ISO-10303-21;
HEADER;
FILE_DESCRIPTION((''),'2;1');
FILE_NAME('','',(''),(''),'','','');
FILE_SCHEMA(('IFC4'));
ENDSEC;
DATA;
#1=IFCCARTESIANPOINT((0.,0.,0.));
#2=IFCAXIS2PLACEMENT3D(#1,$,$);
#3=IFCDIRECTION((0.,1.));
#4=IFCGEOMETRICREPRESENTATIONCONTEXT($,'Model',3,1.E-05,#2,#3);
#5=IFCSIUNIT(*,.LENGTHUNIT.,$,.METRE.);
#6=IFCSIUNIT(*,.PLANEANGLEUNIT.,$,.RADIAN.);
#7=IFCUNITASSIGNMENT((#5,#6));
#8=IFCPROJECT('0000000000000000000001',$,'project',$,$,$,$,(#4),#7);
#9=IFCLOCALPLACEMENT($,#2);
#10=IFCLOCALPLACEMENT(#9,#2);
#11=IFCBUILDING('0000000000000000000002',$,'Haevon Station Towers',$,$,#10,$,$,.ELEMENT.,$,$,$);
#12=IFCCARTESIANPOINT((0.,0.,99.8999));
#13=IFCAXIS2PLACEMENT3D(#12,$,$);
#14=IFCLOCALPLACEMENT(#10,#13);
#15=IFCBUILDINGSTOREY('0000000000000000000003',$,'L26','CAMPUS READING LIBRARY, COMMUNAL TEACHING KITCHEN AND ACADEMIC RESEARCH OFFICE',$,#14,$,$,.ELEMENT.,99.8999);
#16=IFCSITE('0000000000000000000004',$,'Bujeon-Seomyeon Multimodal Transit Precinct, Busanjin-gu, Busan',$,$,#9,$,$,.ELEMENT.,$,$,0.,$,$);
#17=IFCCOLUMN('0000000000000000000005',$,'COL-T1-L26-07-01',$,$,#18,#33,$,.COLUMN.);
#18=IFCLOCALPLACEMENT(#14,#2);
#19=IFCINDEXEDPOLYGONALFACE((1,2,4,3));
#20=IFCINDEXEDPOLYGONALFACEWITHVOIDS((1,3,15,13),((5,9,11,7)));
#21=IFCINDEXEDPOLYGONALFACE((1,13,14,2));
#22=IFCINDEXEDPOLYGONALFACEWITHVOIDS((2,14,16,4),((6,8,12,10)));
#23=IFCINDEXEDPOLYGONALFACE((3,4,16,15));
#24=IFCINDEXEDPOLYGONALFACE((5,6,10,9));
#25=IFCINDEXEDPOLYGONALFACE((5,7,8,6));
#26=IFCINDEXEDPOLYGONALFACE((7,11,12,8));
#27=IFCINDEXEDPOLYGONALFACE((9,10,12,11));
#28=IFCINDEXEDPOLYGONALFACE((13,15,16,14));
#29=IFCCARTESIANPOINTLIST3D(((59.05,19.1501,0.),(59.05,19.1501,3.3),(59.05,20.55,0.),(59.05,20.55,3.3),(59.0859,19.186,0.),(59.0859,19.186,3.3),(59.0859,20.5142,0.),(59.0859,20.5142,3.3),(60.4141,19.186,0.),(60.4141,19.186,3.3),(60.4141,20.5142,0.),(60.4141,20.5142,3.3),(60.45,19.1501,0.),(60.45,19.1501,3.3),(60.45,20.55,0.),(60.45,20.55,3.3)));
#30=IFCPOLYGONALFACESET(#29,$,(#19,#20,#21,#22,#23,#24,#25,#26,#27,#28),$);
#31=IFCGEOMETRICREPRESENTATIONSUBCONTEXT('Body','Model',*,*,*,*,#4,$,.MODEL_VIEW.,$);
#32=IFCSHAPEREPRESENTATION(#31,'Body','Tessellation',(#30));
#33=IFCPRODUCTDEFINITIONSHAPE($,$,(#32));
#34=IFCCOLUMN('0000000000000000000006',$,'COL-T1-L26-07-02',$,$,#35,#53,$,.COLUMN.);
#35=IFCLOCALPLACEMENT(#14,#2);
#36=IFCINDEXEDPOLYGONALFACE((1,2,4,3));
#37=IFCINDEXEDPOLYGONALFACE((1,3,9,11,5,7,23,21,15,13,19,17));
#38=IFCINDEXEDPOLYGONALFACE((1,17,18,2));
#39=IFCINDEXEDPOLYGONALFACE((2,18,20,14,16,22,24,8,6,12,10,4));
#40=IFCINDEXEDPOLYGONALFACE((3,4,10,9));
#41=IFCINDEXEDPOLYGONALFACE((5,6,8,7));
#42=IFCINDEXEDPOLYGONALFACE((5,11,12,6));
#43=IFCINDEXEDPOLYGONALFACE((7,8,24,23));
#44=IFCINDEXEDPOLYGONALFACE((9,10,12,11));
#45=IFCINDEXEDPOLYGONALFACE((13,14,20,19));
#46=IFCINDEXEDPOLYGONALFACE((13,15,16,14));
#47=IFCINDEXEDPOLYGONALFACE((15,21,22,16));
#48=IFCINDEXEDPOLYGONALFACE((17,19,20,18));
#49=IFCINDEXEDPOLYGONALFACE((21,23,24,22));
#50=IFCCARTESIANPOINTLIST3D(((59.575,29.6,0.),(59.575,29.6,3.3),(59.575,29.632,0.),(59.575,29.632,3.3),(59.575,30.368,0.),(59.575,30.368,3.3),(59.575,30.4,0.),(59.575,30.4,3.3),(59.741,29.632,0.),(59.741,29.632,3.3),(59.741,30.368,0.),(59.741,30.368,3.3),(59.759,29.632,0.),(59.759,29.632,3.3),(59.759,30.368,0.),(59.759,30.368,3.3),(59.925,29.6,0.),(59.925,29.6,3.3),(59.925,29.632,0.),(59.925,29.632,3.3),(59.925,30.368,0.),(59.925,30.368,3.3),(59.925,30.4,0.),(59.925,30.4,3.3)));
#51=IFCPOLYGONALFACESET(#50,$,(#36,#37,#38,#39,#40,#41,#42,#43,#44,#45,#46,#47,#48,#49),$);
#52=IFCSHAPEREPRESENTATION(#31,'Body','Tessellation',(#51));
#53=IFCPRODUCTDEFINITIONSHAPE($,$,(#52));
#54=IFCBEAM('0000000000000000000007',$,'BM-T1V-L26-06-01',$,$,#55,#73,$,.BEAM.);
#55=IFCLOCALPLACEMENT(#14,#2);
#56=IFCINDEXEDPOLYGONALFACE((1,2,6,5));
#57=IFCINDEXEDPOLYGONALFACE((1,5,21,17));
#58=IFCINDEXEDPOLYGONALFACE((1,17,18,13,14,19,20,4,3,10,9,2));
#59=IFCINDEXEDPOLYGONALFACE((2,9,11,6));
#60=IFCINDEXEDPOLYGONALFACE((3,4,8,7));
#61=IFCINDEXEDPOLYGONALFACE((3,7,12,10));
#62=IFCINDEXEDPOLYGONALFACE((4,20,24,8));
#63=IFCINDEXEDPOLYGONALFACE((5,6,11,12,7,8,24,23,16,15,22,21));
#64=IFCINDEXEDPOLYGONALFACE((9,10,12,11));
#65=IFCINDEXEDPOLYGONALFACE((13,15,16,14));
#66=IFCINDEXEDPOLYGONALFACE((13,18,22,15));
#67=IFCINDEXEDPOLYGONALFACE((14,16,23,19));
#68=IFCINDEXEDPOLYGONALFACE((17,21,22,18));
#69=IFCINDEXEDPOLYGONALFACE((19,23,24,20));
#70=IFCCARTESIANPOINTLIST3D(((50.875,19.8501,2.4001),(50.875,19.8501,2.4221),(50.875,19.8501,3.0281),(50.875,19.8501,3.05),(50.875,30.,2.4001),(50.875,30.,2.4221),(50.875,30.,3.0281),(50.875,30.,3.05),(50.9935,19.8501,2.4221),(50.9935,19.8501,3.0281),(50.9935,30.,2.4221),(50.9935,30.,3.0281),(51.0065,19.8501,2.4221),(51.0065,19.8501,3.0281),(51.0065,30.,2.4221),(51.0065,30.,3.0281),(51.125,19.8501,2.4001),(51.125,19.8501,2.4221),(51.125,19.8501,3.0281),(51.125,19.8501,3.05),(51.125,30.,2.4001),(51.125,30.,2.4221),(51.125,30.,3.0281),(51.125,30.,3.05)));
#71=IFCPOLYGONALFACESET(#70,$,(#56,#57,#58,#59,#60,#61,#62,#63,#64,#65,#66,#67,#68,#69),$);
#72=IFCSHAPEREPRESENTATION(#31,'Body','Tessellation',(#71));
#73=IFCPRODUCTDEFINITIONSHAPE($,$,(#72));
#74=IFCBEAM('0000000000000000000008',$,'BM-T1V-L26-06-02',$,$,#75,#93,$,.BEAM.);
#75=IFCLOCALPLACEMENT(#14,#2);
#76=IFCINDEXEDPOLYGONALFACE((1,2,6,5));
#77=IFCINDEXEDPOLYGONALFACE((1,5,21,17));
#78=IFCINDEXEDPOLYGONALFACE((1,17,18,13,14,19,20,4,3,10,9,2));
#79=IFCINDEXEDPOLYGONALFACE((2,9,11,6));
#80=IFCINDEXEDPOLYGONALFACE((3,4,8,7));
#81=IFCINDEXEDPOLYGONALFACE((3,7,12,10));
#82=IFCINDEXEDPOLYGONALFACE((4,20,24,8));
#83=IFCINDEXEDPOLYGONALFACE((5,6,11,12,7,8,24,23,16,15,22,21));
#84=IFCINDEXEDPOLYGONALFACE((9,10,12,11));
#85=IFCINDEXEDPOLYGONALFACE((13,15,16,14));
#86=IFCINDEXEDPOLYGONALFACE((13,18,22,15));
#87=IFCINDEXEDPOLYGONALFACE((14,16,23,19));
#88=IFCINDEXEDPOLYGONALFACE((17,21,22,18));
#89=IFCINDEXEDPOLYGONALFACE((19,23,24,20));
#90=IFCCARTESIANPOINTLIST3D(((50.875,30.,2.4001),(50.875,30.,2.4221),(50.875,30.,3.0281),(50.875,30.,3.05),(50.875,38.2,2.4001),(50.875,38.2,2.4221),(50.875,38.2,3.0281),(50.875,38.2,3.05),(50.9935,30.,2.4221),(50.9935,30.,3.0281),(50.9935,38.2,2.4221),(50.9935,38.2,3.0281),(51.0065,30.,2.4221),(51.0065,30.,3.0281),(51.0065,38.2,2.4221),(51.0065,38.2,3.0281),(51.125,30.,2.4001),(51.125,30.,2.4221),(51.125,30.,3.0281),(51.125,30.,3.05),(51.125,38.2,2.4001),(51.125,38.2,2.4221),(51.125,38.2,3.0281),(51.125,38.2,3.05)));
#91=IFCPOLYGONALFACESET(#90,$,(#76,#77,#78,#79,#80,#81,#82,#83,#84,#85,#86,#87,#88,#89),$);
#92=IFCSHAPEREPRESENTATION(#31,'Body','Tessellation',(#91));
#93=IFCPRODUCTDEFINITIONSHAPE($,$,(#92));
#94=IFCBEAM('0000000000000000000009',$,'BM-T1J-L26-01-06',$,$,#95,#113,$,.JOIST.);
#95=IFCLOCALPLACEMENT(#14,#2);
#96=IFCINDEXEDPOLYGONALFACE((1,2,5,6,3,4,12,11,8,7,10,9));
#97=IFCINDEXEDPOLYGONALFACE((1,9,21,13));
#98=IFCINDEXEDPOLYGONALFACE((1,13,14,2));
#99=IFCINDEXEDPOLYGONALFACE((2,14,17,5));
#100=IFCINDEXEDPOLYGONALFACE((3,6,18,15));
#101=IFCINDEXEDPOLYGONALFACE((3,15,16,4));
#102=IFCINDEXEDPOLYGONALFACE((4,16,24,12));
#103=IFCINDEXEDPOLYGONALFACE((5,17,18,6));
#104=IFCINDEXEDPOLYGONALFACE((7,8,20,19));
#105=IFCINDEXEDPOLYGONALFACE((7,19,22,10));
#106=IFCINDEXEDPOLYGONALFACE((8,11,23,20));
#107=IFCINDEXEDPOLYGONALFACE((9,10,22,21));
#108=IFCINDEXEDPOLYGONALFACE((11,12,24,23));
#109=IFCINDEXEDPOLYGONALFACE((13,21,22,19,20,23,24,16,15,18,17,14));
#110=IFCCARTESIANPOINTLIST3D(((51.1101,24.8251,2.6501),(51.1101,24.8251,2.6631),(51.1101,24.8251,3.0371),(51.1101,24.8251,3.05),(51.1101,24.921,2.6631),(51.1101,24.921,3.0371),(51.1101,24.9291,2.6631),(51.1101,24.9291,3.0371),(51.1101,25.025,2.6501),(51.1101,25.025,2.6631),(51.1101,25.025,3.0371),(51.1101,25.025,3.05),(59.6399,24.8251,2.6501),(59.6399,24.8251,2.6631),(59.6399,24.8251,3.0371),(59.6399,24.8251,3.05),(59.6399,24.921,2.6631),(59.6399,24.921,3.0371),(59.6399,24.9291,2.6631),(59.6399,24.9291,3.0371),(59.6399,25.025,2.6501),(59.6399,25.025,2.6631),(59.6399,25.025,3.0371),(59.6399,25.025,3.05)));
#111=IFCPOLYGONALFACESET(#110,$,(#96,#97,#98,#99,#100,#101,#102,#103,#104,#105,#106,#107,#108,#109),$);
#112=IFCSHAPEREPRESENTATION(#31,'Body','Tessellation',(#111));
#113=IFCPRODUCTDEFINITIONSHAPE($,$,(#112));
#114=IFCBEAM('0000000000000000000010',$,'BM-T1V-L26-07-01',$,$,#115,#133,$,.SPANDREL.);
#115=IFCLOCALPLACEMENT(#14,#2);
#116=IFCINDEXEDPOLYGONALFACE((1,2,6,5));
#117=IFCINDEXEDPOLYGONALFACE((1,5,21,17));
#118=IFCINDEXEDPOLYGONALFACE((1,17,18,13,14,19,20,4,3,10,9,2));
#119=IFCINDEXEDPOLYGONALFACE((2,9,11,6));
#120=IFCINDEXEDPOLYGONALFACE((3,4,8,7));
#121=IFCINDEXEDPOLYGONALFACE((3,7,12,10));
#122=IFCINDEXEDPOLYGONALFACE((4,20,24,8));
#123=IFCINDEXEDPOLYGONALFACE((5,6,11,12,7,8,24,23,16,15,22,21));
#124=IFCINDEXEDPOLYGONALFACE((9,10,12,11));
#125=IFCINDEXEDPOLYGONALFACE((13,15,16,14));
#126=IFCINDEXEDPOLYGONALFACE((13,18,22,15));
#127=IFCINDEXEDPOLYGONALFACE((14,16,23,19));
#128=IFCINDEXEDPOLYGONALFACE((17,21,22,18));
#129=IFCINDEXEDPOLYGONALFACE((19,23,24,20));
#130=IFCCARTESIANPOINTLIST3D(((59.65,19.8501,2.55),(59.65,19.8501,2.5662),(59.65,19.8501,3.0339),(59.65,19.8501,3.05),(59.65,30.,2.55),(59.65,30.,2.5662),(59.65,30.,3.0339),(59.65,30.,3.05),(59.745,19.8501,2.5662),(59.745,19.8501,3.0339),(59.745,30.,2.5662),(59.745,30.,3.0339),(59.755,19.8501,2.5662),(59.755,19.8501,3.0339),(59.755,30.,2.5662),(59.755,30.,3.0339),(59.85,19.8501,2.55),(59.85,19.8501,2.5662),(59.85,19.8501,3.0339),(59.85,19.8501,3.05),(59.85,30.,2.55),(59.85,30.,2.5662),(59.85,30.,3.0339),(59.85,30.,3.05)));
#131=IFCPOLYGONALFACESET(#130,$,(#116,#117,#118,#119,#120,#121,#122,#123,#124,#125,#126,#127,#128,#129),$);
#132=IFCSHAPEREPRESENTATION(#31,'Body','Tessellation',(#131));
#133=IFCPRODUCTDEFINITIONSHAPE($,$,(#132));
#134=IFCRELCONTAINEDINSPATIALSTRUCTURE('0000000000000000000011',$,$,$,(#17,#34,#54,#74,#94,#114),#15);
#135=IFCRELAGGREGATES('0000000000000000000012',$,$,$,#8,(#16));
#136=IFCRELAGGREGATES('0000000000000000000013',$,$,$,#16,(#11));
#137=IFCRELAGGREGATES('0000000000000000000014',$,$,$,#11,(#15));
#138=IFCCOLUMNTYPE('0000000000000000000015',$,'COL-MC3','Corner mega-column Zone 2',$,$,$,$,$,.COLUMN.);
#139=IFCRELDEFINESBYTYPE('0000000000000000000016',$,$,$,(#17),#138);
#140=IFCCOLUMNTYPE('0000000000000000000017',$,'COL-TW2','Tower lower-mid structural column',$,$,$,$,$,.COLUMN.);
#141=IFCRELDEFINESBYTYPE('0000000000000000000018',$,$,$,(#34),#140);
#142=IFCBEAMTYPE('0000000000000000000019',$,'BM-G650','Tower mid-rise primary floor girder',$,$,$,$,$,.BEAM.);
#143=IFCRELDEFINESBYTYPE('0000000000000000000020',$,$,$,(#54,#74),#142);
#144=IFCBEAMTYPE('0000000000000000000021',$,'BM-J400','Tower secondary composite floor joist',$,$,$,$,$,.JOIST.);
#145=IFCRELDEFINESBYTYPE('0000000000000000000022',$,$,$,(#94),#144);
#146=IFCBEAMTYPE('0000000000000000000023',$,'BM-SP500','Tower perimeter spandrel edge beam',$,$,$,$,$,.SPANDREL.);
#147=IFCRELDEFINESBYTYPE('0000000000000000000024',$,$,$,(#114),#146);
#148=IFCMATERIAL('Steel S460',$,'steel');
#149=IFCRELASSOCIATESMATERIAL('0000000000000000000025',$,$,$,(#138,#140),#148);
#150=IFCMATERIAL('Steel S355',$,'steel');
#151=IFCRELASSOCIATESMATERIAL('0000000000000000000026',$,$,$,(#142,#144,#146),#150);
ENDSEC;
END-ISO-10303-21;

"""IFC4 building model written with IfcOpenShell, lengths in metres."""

from ifc_helpers import new_model, si_unit, direction, frame, origin, origin_2d, place, context, subcontext, project, spatial, hollow_rectangle, i_section, extrude, material, material_profile, profile_set, type_object, element, save


model = new_model("IFC4")

# Units and contexts
model_context = context("Model", 3, precision=1e-05, world=origin(), true_north=direction((0.0, 1.0)))
body_context = subcontext(model_context, "Body", "Model", "MODEL_VIEW")
ifc_project = project(units=[si_unit("LENGTHUNIT", "METRE"), si_unit("PLANEANGLEUNIT", "RADIAN")], contexts=[model_context])

# Site, building, storey
site_placement = place(None, origin())
site = spatial("IfcSite", under=ifc_project, at=site_placement, Name="Bujeon-Seomyeon Multimodal Transit Precinct, Busanjin-gu, Busan", CompositionType="ELEMENT", RefElevation=0.0)
building_placement = place(site_placement, origin())
building = spatial("IfcBuilding", under=site, at=building_placement, Name="Haevon Station Towers", CompositionType="ELEMENT")
storey_placement = place(building_placement, frame((0.0, 0.0, 99.8999)))
storey = spatial("IfcBuildingStorey", under=building, at=storey_placement, Name="L26", Description="CAMPUS READING LIBRARY, COMMUNAL TEACHING KITCHEN AND ACADEMIC RESEARCH OFFICE", CompositionType="ELEMENT", Elevation=99.8999)

# Columns
ifc_material_1 = material(Name="Steel S460", Category="steel")
ifc_material_profile_1 = material_profile(ifc_material_1, hollow_rectangle(XDim=1.3999, YDim=1.3999, WallThickness=0.0359, at=origin_2d()), Name="BOX-1400x1400x36")
ifc_profile_set_1 = profile_set([ifc_material_profile_1], Name="Steel S460")
column_type_1 = type_object("IfcColumnType", Name="COL-MC3", Description="Corner mega-column Zone 2", PredefinedType="COLUMN", material=ifc_profile_set_1)
column_1_placement = place(storey_placement, frame((59.75, 19.8501, 0.0), z_axis=(0.0, 0.0, 1.0), x_axis=(1.0, 0.0, 0.0)))
element("IfcColumn", 1, at=column_1_placement, inside=storey, type_object=column_type_1, Name="COL-T1-L26-07-01", PredefinedType="COLUMN", context=body_context, shape_type="SweptSolid", body=[
    extrude(hollow_rectangle(XDim=1.3999, YDim=1.3999, WallThickness=0.0359, at=origin_2d()), origin(), (0.0, 0.0, 1.0), 3.3),
])
ifc_material_profile_2 = material_profile(ifc_material_1, i_section(OverallWidth=0.3501, OverallDepth=0.8, WebThickness=0.0181, FlangeThickness=0.032, at=origin_2d()), Name="H-800x350x18x32")
ifc_profile_set_2 = profile_set([ifc_material_profile_2], Name="Steel S460")
column_type_2 = type_object("IfcColumnType", Name="COL-TW2", Description="Tower lower-mid structural column", PredefinedType="COLUMN", material=ifc_profile_set_2)
column_2_placement = place(storey_placement, frame((59.75, 30.0, 0.0), z_axis=(0.0, 0.0, 1.0), x_axis=(1.0, 0.0, 0.0)))
element("IfcColumn", 2, at=column_2_placement, inside=storey, type_object=column_type_2, Name="COL-T1-L26-07-02", PredefinedType="COLUMN", context=body_context, shape_type="SweptSolid", body=[
    extrude(i_section(OverallWidth=0.3501, OverallDepth=0.8, WebThickness=0.0181, FlangeThickness=0.032, at=origin_2d()), origin(), (0.0, 0.0, 1.0), 3.3),
])

# Beams
ifc_material_2 = material(Name="Steel S355", Category="steel")
ifc_material_profile_3 = material_profile(ifc_material_2, i_section(OverallWidth=0.25, OverallDepth=0.6499, WebThickness=0.0129, FlangeThickness=0.022, at=origin_2d()), Name="H-650x250x13x22")
ifc_profile_set_3 = profile_set([ifc_material_profile_3], Name="Steel S355")
beam_type_1 = type_object("IfcBeamType", Name="BM-G650", Description="Tower mid-rise primary floor girder", PredefinedType="BEAM", material=ifc_profile_set_3)
beam_1_placement = place(storey_placement, frame((51.0, 19.8501, 2.7251), z_axis=(0.0, 1.0, 0.0), x_axis=(-1.0, 0.0, 0.0)))
element("IfcBeam", 3, at=beam_1_placement, inside=storey, type_object=beam_type_1, Name="BM-T1V-L26-06-01", PredefinedType="BEAM", context=body_context, shape_type="SweptSolid", body=[
    extrude(i_section(OverallWidth=0.25, OverallDepth=0.6499, WebThickness=0.0129, FlangeThickness=0.022, at=origin_2d()), origin(), (0.0, 0.0, 1.0), 10.1499),
])
beam_2_placement = place(storey_placement, frame((51.0, 30.0, 2.7251), z_axis=(0.0, 1.0, 0.0), x_axis=(-1.0, 0.0, 0.0)))
element("IfcBeam", 4, at=beam_2_placement, inside=storey, type_object=beam_type_1, Name="BM-T1V-L26-06-02", PredefinedType="BEAM", context=body_context, shape_type="SweptSolid", body=[
    extrude(i_section(OverallWidth=0.25, OverallDepth=0.6499, WebThickness=0.0129, FlangeThickness=0.022, at=origin_2d()), origin(), (0.0, 0.0, 1.0), 8.2),
])
ifc_material_profile_4 = material_profile(ifc_material_2, i_section(OverallWidth=0.2, OverallDepth=0.3999, WebThickness=0.0081, FlangeThickness=0.0129, at=origin_2d()), Name="H-400x200x8x13")
ifc_profile_set_4 = profile_set([ifc_material_profile_4], Name="Steel S355")
beam_type_2 = type_object("IfcBeamType", Name="BM-J400", Description="Tower secondary composite floor joist", PredefinedType="JOIST", material=ifc_profile_set_4)
beam_3_placement = place(storey_placement, frame((51.1101, 24.925, 2.8501), z_axis=(1.0, 0.0, 0.0), x_axis=(0.0, 1.0, 0.0)))
element("IfcBeam", 5, at=beam_3_placement, inside=storey, type_object=beam_type_2, Name="BM-T1J-L26-01-06", PredefinedType="JOIST", context=body_context, shape_type="SweptSolid", body=[
    extrude(i_section(OverallWidth=0.2, OverallDepth=0.3999, WebThickness=0.0081, FlangeThickness=0.0129, at=origin_2d()), origin(), (0.0, 0.0, 1.0), 8.5298),
])
ifc_material_profile_5 = material_profile(ifc_material_2, i_section(OverallWidth=0.2, OverallDepth=0.5, WebThickness=0.01, FlangeThickness=0.0161, at=origin_2d()), Name="H-500x200x10x16")
ifc_profile_set_5 = profile_set([ifc_material_profile_5], Name="Steel S355")
beam_type_3 = type_object("IfcBeamType", Name="BM-SP500", Description="Tower perimeter spandrel edge beam", PredefinedType="SPANDREL", material=ifc_profile_set_5)
beam_4_placement = place(storey_placement, frame((59.75, 19.8501, 2.8), z_axis=(0.0, 1.0, 0.0), x_axis=(-1.0, 0.0, 0.0)))
element("IfcBeam", 6, at=beam_4_placement, inside=storey, type_object=beam_type_3, Name="BM-T1V-L26-07-01", PredefinedType="SPANDREL", context=body_context, shape_type="SweptSolid", body=[
    extrude(i_section(OverallWidth=0.2, OverallDepth=0.5, WebThickness=0.01, FlangeThickness=0.0161, at=origin_2d()), origin(), (0.0, 0.0, 1.0), 10.1499),
])

save(model, "model.ifc")
